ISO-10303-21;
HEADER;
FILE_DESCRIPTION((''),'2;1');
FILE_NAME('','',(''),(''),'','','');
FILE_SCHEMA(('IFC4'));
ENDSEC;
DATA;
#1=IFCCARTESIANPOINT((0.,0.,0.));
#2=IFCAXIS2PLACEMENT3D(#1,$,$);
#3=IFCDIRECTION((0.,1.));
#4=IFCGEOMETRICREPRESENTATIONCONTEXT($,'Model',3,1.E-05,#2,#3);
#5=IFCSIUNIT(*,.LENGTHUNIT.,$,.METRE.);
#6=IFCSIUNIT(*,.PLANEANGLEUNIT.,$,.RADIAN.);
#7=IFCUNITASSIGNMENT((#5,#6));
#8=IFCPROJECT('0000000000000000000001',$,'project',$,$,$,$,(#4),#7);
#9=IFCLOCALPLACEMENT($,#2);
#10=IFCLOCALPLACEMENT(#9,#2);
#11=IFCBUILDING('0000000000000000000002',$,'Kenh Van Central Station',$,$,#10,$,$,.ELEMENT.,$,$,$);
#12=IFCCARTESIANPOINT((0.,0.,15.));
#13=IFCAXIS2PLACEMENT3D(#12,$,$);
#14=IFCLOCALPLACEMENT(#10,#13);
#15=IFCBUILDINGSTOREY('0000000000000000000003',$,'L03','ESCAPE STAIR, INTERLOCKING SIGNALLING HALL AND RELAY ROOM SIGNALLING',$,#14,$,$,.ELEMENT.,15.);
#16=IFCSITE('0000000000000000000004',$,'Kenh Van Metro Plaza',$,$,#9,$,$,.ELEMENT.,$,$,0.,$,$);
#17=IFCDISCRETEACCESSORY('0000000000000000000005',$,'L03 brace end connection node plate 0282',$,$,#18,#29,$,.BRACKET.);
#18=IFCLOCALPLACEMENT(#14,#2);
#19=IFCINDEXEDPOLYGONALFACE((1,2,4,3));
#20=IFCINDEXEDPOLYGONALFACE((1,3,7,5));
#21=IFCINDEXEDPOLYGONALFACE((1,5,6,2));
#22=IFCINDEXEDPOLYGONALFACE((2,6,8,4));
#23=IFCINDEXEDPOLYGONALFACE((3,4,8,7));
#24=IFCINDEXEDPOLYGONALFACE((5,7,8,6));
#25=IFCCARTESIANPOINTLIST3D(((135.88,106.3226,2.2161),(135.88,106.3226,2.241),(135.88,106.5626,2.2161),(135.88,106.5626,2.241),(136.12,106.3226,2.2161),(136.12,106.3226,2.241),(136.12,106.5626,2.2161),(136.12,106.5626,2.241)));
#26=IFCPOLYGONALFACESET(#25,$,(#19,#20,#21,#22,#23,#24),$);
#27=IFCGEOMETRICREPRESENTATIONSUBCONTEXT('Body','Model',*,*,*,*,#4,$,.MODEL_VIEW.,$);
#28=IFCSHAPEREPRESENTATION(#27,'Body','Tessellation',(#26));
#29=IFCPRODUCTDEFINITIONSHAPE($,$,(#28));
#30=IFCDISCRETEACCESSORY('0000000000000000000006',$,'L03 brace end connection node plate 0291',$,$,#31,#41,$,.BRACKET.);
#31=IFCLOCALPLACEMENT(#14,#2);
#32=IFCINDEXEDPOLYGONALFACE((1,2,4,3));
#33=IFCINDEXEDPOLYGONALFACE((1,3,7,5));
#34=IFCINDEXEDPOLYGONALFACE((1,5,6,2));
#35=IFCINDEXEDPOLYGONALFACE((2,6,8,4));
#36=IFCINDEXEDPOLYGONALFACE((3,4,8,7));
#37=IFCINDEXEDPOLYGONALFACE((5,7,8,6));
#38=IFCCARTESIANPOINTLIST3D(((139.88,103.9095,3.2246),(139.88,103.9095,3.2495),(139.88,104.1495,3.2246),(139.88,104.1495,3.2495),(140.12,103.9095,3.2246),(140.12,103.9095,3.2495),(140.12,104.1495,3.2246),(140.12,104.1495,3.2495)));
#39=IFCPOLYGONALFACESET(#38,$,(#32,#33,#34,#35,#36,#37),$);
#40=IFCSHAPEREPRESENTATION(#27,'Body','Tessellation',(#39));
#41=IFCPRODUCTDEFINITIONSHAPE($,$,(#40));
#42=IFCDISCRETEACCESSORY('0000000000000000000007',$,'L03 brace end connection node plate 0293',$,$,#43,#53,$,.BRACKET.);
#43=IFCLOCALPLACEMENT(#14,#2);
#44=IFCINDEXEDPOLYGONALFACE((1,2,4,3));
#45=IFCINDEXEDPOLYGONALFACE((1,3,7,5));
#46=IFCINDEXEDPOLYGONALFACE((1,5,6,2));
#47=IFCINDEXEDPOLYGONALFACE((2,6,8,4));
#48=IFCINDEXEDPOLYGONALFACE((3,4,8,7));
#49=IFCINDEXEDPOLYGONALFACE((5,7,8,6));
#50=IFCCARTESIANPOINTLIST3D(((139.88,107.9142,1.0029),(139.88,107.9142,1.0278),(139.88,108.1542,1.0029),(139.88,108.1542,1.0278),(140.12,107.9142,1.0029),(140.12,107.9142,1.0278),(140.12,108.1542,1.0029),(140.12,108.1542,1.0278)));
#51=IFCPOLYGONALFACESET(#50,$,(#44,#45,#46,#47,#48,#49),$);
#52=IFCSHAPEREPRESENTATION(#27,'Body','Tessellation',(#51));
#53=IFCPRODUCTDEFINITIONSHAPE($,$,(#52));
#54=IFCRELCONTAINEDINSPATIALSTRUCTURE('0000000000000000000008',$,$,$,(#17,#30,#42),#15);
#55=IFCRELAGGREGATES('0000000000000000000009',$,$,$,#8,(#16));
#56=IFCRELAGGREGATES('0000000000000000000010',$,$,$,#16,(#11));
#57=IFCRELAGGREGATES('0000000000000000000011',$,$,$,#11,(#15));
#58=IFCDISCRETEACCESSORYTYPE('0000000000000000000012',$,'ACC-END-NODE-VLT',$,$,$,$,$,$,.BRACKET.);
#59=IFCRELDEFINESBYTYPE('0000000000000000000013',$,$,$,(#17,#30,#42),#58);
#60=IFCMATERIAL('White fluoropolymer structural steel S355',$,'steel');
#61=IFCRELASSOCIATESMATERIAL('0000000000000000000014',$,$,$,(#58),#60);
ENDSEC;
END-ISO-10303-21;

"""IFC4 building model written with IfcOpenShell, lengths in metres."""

from ifc_helpers import new_model, si_unit, direction, frame, origin, origin_2d, place, context, subcontext, project, spatial, rectangle, extrude, material, type_object, element, save


model = new_model("IFC4")

# Units and contexts
model_context = context("Model", 3, precision=1e-05, world=origin(), true_north=direction((0.0, 1.0)))
body_context = subcontext(model_context, "Body", "Model", "MODEL_VIEW")
ifc_project = project(units=[si_unit("LENGTHUNIT", "METRE"), si_unit("PLANEANGLEUNIT", "RADIAN")], contexts=[model_context])

# Site, building, storey
site_placement = place(None, origin())
site = spatial("IfcSite", under=ifc_project, at=site_placement, Name="Kenh Van Metro Plaza", CompositionType="ELEMENT", RefElevation=0.0)
building_placement = place(site_placement, origin())
building = spatial("IfcBuilding", under=site, at=building_placement, Name="Kenh Van Central Station", CompositionType="ELEMENT")
storey_placement = place(building_placement, frame((0.0, 0.0, 15.0)))
storey = spatial("IfcBuildingStorey", under=building, at=storey_placement, Name="L03", Description="ESCAPE STAIR, INTERLOCKING SIGNALLING HALL AND RELAY ROOM SIGNALLING", CompositionType="ELEMENT", Elevation=15.0)

# Shared definitions
ifc_material_1 = material(Name="White fluoropolymer structural steel S355", Category="steel")

# Discrete accessories
discrete_accessory_type = type_object("IfcDiscreteAccessoryType", Name="ACC-END-NODE-VLT", PredefinedType="BRACKET", material=ifc_material_1)
for number, where, z_axis, x_axis, name in (
    (1, (136.0, 106.4426, 2.2161), (0.0, 0.0, 1.0), (1.0, 0.0, 0.0), "L03 brace end connection node plate 0282"),
    (2, (140.0, 104.0295, 3.2246), (0.0, 0.0, 1.0), (1.0, 0.0, 0.0), "L03 brace end connection node plate 0291"),
    (3, (140.0, 108.0342, 1.0029), (0.0, 0.0, 1.0), (1.0, 0.0, 0.0), "L03 brace end connection node plate 0293"),
):
    element("IfcDiscreteAccessory", number, at=place(storey_placement, frame(where, z_axis=z_axis, x_axis=x_axis)), inside=storey, type_object=discrete_accessory_type, Name=name, PredefinedType="BRACKET", context=body_context, shape_type="SweptSolid", body=[
        extrude(rectangle(XDim=0.24, YDim=0.24, at=origin_2d()), origin(), (0.0, 0.0, 1.0), 0.0249),
    ])

save(model, "model.ifc")
